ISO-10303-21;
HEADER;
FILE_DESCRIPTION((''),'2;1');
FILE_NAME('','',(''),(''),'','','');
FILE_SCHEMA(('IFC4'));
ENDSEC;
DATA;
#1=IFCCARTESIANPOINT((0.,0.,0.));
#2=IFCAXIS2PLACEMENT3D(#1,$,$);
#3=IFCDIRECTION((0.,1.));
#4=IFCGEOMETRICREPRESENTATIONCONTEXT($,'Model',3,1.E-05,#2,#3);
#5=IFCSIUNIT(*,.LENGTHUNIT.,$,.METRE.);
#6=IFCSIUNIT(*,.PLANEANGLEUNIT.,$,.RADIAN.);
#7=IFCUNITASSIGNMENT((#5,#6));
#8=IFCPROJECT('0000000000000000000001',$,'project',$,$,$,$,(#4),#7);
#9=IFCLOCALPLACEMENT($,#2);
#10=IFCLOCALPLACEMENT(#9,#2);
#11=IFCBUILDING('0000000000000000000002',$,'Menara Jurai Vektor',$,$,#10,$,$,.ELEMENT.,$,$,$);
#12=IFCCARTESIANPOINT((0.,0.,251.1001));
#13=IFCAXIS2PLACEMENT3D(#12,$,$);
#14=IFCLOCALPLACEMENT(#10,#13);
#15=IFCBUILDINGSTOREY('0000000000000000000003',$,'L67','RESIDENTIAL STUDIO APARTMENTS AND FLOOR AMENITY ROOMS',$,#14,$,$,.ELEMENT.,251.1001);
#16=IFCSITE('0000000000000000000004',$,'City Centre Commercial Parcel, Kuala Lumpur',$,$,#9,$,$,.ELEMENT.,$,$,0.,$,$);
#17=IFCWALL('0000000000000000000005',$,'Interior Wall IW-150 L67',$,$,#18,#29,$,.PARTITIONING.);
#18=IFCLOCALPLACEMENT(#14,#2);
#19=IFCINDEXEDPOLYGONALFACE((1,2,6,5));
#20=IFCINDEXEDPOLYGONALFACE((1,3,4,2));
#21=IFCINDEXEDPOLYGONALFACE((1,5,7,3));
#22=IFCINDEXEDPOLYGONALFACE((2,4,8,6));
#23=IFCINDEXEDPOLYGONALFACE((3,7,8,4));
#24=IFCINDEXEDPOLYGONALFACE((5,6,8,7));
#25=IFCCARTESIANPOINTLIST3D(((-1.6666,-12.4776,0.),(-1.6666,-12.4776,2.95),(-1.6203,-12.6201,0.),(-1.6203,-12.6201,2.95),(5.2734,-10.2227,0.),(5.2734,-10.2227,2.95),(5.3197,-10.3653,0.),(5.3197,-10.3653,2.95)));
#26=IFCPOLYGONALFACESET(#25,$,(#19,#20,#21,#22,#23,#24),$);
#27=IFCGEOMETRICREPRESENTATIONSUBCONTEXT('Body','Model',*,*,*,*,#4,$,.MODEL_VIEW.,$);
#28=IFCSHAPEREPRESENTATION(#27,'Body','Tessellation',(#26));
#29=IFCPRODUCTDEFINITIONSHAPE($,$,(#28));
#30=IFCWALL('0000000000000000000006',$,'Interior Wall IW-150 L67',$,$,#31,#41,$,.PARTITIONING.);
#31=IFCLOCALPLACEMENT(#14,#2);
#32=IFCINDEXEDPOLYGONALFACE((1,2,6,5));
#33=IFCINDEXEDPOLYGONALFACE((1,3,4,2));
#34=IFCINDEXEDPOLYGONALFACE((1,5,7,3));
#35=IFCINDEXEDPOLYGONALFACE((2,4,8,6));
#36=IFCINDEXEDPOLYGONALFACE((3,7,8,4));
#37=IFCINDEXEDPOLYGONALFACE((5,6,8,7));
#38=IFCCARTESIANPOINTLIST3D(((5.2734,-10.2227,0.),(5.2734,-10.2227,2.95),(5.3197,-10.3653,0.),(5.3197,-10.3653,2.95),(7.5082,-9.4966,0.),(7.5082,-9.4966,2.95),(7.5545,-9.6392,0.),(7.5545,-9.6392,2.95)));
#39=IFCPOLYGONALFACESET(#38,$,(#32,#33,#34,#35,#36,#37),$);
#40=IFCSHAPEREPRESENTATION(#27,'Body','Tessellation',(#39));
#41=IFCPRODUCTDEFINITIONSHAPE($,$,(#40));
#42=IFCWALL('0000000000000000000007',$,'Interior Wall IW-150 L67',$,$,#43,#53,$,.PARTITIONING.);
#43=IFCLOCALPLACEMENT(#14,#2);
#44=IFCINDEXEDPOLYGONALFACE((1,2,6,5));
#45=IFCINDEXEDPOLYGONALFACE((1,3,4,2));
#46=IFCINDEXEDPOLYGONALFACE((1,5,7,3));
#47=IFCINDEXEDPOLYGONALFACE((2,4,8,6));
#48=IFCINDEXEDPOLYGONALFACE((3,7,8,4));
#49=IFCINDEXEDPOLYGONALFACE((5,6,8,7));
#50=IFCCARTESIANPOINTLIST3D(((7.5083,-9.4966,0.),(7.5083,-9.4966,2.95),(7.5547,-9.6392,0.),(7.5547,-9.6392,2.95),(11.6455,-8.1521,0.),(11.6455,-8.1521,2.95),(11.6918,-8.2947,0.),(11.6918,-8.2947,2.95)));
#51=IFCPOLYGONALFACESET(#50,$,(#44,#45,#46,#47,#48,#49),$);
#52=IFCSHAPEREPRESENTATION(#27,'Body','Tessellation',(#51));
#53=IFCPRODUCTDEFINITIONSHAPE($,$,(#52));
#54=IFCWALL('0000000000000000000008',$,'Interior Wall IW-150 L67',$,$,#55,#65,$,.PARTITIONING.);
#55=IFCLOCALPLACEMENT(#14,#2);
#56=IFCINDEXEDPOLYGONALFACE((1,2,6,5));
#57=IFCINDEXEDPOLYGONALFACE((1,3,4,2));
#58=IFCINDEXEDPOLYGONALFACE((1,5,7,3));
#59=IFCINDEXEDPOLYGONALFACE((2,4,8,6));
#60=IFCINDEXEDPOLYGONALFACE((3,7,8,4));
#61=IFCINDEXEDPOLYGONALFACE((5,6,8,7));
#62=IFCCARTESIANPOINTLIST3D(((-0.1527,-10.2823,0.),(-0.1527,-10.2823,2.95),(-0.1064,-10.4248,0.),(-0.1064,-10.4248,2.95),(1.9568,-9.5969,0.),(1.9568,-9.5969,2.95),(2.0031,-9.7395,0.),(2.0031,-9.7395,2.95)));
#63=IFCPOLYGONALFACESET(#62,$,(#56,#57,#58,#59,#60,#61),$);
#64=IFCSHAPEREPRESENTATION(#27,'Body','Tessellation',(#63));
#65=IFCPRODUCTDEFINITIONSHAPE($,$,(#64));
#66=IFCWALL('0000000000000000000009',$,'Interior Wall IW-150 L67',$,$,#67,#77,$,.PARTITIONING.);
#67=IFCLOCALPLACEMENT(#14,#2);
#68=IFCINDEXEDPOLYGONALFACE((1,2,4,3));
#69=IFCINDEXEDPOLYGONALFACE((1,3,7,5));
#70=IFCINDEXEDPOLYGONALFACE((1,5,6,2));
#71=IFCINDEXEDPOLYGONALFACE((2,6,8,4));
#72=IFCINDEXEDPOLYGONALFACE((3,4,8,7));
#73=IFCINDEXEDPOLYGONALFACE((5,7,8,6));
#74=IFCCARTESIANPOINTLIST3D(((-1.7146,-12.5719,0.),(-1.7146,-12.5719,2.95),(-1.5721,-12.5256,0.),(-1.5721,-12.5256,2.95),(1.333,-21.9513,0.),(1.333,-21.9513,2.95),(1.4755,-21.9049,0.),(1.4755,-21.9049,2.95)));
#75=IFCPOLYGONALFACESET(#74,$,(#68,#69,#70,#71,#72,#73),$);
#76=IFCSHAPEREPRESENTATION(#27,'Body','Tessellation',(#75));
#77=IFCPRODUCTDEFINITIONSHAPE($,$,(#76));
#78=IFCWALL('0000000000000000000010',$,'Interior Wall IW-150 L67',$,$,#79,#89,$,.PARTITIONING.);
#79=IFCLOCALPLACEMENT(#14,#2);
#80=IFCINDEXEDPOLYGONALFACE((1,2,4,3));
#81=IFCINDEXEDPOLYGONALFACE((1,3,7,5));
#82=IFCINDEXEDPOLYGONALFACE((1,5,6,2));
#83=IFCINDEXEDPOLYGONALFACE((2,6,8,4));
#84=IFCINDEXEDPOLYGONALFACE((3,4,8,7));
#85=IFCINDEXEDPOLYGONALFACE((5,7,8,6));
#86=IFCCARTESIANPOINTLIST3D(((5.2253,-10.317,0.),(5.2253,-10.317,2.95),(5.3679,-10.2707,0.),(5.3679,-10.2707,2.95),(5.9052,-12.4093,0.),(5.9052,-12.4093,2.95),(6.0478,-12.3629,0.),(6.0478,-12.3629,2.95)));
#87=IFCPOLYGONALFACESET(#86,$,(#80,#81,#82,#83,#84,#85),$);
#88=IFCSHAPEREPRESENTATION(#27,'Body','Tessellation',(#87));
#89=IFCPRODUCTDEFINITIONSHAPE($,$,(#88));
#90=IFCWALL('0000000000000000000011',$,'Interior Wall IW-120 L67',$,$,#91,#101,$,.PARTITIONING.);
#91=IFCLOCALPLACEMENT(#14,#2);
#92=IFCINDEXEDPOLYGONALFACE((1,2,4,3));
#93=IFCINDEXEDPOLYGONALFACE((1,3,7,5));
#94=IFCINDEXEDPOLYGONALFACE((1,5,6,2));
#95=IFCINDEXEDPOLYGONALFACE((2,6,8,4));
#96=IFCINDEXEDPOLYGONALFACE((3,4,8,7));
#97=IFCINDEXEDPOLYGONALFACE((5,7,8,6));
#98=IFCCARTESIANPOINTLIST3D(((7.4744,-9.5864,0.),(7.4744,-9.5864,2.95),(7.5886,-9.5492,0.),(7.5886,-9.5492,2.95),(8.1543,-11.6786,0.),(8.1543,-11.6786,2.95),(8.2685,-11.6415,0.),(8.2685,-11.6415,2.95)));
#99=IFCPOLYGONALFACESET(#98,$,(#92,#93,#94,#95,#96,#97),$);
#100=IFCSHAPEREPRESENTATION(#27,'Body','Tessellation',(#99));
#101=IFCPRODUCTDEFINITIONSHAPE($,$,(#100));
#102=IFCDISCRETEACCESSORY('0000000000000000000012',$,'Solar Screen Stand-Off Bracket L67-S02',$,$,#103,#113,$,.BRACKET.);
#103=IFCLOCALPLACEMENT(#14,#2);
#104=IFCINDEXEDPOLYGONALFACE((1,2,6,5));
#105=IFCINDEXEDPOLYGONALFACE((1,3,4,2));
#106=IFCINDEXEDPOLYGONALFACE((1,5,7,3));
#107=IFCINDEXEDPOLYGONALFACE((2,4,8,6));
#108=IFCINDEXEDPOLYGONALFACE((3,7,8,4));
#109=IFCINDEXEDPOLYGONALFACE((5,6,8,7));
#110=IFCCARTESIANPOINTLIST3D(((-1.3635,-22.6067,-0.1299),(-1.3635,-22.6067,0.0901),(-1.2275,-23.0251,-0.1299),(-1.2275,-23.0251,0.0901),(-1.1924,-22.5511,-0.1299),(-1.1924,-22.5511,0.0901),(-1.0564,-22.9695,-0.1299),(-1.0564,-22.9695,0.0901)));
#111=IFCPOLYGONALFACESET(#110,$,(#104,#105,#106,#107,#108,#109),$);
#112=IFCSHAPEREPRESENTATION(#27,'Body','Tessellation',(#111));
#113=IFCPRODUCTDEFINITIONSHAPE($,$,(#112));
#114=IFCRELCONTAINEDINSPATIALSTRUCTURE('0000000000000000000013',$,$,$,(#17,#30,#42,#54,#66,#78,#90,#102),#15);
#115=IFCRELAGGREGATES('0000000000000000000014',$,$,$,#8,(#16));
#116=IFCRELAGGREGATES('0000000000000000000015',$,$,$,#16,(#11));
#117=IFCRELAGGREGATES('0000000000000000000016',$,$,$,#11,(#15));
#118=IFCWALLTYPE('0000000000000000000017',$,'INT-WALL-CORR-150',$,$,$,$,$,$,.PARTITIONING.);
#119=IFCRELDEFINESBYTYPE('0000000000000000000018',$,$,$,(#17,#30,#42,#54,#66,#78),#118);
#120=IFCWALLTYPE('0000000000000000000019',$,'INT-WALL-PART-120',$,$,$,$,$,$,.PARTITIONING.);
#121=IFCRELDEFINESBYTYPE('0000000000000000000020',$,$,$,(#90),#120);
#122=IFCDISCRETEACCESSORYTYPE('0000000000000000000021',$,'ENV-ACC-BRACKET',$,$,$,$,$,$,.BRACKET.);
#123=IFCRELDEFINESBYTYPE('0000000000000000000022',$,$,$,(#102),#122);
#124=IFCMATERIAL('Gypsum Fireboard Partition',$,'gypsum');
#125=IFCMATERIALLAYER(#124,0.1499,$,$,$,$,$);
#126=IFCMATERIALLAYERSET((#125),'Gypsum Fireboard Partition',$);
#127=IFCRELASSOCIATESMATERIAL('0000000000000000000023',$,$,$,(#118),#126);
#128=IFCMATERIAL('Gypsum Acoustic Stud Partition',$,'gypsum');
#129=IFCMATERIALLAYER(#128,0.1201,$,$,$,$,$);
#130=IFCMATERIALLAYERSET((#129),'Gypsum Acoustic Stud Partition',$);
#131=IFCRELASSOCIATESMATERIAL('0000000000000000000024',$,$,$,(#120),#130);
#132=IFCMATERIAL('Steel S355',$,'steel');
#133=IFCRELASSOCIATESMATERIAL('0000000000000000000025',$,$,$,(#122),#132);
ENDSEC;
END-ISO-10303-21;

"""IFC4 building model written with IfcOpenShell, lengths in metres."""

from ifc_helpers import new_model, si_unit, direction, frame, frame_2d, origin, origin_2d, place, context, subcontext, project, spatial, rectangle, extrude, material, layer, layer_set, type_object, element, save


model = new_model("IFC4")

# Units and contexts
model_context = context("Model", 3, precision=1e-05, world=origin(), true_north=direction((0.0, 1.0)))
body_context = subcontext(model_context, "Body", "Model", "MODEL_VIEW")
ifc_project = project(units=[si_unit("LENGTHUNIT", "METRE"), si_unit("PLANEANGLEUNIT", "RADIAN")], contexts=[model_context])

# Site, building, storey
site_placement = place(None, origin())
site = spatial("IfcSite", under=ifc_project, at=site_placement, Name="City Centre Commercial Parcel, Kuala Lumpur", CompositionType="ELEMENT", RefElevation=0.0)
building_placement = place(site_placement, origin())
building = spatial("IfcBuilding", under=site, at=building_placement, Name="Menara Jurai Vektor", CompositionType="ELEMENT")
storey_placement = place(building_placement, frame((0.0, 0.0, 251.1001)))
storey = spatial("IfcBuildingStorey", under=building, at=storey_placement, Name="L67", Description="RESIDENTIAL STUDIO APARTMENTS AND FLOOR AMENITY ROOMS", CompositionType="ELEMENT", Elevation=251.1001)

# Shared definitions
ifc_material_1 = material(Name="Steel S355", Category="steel")

# Walls
ifc_material_2 = material(Name="Gypsum Fireboard Partition", Category="gypsum")
ifc_layer_1 = layer(ifc_material_2, 0.1499)
ifc_layer_set_1 = layer_set([ifc_layer_1], Name="Gypsum Fireboard Partition")
wall_type_1 = type_object("IfcWallType", Name="INT-WALL-CORR-150", PredefinedType="PARTITIONING", material=ifc_layer_set_1)
wall_1_placement = place(storey_placement, frame((-1.6433, -12.5488, 0.0), z_axis=(0.0, 0.0, 1.0), x_axis=(0.951058, 0.309012, 0.0)))
element("IfcWall", 1, at=wall_1_placement, inside=storey, type_object=wall_type_1, Name="Interior Wall IW-150 L67", PredefinedType="PARTITIONING", context=body_context, shape_type="SweptSolid", body=[
    extrude(rectangle(XDim=7.2971, YDim=0.1499, at=frame_2d((3.6484, 0.0))), origin(), (0.0, 0.0, 1.0), 2.95),
])
wall_2_placement = place(storey_placement, frame((5.2966, -10.2939, 0.0), z_axis=(0.0, 0.0, 1.0), x_axis=(0.951066, 0.308987, 0.0)))
element("IfcWall", 2, at=wall_2_placement, inside=storey, type_object=wall_type_1, Name="Interior Wall IW-150 L67", PredefinedType="PARTITIONING", context=body_context, shape_type="SweptSolid", body=[
    extrude(rectangle(XDim=2.3499, YDim=0.1499, at=frame_2d((1.1748, 0.0))), origin(), (0.0, 0.0, 1.0), 2.95),
])
wall_3_placement = place(storey_placement, frame((7.5315, -9.5679, 0.0), z_axis=(0.0, 0.0, 1.0), x_axis=(0.951041, 0.309063, 0.0)))
element("IfcWall", 3, at=wall_3_placement, inside=storey, type_object=wall_type_1, Name="Interior Wall IW-150 L67", PredefinedType="PARTITIONING", context=body_context, shape_type="SweptSolid", body=[
    extrude(rectangle(XDim=4.3501, YDim=0.1499, at=frame_2d((2.175, 0.0))), origin(), (0.0, 0.0, 1.0), 2.95),
])
wall_4_placement = place(storey_placement, frame((-0.1294, -10.3535, 0.0), z_axis=(0.0, 0.0, 1.0), x_axis=(0.951066, 0.308987, 0.0)))
element("IfcWall", 4, at=wall_4_placement, inside=storey, type_object=wall_type_1, Name="Interior Wall IW-150 L67", PredefinedType="PARTITIONING", context=body_context, shape_type="SweptSolid", body=[
    extrude(rectangle(XDim=2.218, YDim=0.1499, at=frame_2d((1.1089, 0.0))), origin(), (0.0, 0.0, 1.0), 2.95),
])

# Walls
wall_5_placement = place(storey_placement, frame((1.4043, -21.9282, 0.0), z_axis=(0.0, 0.0, 1.0), x_axis=(-0.309022, 0.951055, 0.0)))
element("IfcWall", 5, at=wall_5_placement, inside=storey, type_object=wall_type_1, Name="Interior Wall IW-150 L67", PredefinedType="PARTITIONING", context=body_context, shape_type="SweptSolid", body=[
    extrude(rectangle(XDim=9.8621, YDim=0.1499, at=frame_2d((4.9312, 0.0))), origin(), (0.0, 0.0, 1.0), 2.95),
])
wall_6_placement = place(storey_placement, frame((5.9766, -12.3862, 0.0), z_axis=(0.0, 0.0, 1.0), x_axis=(-0.309061, 0.951042, 0.0)))
element("IfcWall", 6, at=wall_6_placement, inside=storey, type_object=wall_type_1, Name="Interior Wall IW-150 L67", PredefinedType="PARTITIONING", context=body_context, shape_type="SweptSolid", body=[
    extrude(rectangle(XDim=2.2, YDim=0.1499, at=frame_2d((1.1001, 0.0))), origin(), (0.0, 0.0, 1.0), 2.95),
])

# Wall
ifc_material_3 = material(Name="Gypsum Acoustic Stud Partition", Category="gypsum")
ifc_layer_2 = layer(ifc_material_3, 0.1201)
ifc_layer_set_2 = layer_set([ifc_layer_2], Name="Gypsum Acoustic Stud Partition")
wall_type_2 = type_object("IfcWallType", Name="INT-WALL-PART-120", PredefinedType="PARTITIONING", material=ifc_layer_set_2)
wall_7_placement = place(storey_placement, frame((8.2114, -11.6602, 0.0), z_axis=(0.0, 0.0, 1.0), x_axis=(-0.309061, 0.951042, 0.0)))
element("IfcWall", 7, at=wall_7_placement, inside=storey, type_object=wall_type_2, Name="Interior Wall IW-120 L67", PredefinedType="PARTITIONING", context=body_context, shape_type="SweptSolid", body=[
    extrude(rectangle(XDim=2.2, YDim=0.1201, at=frame_2d((1.1001, 0.0))), origin(), (0.0, 0.0, 1.0), 2.95),
])

# Discrete accessory
discrete_accessory_type = type_object("IfcDiscreteAccessoryType", Name="ENV-ACC-BRACKET", PredefinedType="BRACKET", material=ifc_material_1)
discrete_accessory_placement = place(storey_placement, frame((-1.21, -22.7881, -0.1299), z_axis=(0.0, 0.0, 1.0), x_axis=(0.951057, 0.309017, 0.0)))
element("IfcDiscreteAccessory", 8, at=discrete_accessory_placement, inside=storey, type_object=discrete_accessory_type, Name="Solar Screen Stand-Off Bracket L67-S02", PredefinedType="BRACKET", context=body_context, shape_type="SweptSolid", body=[
    extrude(rectangle(XDim=0.1799, YDim=0.4399, at=origin_2d()), origin(), (0.0, 0.0, 1.0), 0.22),
])

save(model, "model.ifc")
